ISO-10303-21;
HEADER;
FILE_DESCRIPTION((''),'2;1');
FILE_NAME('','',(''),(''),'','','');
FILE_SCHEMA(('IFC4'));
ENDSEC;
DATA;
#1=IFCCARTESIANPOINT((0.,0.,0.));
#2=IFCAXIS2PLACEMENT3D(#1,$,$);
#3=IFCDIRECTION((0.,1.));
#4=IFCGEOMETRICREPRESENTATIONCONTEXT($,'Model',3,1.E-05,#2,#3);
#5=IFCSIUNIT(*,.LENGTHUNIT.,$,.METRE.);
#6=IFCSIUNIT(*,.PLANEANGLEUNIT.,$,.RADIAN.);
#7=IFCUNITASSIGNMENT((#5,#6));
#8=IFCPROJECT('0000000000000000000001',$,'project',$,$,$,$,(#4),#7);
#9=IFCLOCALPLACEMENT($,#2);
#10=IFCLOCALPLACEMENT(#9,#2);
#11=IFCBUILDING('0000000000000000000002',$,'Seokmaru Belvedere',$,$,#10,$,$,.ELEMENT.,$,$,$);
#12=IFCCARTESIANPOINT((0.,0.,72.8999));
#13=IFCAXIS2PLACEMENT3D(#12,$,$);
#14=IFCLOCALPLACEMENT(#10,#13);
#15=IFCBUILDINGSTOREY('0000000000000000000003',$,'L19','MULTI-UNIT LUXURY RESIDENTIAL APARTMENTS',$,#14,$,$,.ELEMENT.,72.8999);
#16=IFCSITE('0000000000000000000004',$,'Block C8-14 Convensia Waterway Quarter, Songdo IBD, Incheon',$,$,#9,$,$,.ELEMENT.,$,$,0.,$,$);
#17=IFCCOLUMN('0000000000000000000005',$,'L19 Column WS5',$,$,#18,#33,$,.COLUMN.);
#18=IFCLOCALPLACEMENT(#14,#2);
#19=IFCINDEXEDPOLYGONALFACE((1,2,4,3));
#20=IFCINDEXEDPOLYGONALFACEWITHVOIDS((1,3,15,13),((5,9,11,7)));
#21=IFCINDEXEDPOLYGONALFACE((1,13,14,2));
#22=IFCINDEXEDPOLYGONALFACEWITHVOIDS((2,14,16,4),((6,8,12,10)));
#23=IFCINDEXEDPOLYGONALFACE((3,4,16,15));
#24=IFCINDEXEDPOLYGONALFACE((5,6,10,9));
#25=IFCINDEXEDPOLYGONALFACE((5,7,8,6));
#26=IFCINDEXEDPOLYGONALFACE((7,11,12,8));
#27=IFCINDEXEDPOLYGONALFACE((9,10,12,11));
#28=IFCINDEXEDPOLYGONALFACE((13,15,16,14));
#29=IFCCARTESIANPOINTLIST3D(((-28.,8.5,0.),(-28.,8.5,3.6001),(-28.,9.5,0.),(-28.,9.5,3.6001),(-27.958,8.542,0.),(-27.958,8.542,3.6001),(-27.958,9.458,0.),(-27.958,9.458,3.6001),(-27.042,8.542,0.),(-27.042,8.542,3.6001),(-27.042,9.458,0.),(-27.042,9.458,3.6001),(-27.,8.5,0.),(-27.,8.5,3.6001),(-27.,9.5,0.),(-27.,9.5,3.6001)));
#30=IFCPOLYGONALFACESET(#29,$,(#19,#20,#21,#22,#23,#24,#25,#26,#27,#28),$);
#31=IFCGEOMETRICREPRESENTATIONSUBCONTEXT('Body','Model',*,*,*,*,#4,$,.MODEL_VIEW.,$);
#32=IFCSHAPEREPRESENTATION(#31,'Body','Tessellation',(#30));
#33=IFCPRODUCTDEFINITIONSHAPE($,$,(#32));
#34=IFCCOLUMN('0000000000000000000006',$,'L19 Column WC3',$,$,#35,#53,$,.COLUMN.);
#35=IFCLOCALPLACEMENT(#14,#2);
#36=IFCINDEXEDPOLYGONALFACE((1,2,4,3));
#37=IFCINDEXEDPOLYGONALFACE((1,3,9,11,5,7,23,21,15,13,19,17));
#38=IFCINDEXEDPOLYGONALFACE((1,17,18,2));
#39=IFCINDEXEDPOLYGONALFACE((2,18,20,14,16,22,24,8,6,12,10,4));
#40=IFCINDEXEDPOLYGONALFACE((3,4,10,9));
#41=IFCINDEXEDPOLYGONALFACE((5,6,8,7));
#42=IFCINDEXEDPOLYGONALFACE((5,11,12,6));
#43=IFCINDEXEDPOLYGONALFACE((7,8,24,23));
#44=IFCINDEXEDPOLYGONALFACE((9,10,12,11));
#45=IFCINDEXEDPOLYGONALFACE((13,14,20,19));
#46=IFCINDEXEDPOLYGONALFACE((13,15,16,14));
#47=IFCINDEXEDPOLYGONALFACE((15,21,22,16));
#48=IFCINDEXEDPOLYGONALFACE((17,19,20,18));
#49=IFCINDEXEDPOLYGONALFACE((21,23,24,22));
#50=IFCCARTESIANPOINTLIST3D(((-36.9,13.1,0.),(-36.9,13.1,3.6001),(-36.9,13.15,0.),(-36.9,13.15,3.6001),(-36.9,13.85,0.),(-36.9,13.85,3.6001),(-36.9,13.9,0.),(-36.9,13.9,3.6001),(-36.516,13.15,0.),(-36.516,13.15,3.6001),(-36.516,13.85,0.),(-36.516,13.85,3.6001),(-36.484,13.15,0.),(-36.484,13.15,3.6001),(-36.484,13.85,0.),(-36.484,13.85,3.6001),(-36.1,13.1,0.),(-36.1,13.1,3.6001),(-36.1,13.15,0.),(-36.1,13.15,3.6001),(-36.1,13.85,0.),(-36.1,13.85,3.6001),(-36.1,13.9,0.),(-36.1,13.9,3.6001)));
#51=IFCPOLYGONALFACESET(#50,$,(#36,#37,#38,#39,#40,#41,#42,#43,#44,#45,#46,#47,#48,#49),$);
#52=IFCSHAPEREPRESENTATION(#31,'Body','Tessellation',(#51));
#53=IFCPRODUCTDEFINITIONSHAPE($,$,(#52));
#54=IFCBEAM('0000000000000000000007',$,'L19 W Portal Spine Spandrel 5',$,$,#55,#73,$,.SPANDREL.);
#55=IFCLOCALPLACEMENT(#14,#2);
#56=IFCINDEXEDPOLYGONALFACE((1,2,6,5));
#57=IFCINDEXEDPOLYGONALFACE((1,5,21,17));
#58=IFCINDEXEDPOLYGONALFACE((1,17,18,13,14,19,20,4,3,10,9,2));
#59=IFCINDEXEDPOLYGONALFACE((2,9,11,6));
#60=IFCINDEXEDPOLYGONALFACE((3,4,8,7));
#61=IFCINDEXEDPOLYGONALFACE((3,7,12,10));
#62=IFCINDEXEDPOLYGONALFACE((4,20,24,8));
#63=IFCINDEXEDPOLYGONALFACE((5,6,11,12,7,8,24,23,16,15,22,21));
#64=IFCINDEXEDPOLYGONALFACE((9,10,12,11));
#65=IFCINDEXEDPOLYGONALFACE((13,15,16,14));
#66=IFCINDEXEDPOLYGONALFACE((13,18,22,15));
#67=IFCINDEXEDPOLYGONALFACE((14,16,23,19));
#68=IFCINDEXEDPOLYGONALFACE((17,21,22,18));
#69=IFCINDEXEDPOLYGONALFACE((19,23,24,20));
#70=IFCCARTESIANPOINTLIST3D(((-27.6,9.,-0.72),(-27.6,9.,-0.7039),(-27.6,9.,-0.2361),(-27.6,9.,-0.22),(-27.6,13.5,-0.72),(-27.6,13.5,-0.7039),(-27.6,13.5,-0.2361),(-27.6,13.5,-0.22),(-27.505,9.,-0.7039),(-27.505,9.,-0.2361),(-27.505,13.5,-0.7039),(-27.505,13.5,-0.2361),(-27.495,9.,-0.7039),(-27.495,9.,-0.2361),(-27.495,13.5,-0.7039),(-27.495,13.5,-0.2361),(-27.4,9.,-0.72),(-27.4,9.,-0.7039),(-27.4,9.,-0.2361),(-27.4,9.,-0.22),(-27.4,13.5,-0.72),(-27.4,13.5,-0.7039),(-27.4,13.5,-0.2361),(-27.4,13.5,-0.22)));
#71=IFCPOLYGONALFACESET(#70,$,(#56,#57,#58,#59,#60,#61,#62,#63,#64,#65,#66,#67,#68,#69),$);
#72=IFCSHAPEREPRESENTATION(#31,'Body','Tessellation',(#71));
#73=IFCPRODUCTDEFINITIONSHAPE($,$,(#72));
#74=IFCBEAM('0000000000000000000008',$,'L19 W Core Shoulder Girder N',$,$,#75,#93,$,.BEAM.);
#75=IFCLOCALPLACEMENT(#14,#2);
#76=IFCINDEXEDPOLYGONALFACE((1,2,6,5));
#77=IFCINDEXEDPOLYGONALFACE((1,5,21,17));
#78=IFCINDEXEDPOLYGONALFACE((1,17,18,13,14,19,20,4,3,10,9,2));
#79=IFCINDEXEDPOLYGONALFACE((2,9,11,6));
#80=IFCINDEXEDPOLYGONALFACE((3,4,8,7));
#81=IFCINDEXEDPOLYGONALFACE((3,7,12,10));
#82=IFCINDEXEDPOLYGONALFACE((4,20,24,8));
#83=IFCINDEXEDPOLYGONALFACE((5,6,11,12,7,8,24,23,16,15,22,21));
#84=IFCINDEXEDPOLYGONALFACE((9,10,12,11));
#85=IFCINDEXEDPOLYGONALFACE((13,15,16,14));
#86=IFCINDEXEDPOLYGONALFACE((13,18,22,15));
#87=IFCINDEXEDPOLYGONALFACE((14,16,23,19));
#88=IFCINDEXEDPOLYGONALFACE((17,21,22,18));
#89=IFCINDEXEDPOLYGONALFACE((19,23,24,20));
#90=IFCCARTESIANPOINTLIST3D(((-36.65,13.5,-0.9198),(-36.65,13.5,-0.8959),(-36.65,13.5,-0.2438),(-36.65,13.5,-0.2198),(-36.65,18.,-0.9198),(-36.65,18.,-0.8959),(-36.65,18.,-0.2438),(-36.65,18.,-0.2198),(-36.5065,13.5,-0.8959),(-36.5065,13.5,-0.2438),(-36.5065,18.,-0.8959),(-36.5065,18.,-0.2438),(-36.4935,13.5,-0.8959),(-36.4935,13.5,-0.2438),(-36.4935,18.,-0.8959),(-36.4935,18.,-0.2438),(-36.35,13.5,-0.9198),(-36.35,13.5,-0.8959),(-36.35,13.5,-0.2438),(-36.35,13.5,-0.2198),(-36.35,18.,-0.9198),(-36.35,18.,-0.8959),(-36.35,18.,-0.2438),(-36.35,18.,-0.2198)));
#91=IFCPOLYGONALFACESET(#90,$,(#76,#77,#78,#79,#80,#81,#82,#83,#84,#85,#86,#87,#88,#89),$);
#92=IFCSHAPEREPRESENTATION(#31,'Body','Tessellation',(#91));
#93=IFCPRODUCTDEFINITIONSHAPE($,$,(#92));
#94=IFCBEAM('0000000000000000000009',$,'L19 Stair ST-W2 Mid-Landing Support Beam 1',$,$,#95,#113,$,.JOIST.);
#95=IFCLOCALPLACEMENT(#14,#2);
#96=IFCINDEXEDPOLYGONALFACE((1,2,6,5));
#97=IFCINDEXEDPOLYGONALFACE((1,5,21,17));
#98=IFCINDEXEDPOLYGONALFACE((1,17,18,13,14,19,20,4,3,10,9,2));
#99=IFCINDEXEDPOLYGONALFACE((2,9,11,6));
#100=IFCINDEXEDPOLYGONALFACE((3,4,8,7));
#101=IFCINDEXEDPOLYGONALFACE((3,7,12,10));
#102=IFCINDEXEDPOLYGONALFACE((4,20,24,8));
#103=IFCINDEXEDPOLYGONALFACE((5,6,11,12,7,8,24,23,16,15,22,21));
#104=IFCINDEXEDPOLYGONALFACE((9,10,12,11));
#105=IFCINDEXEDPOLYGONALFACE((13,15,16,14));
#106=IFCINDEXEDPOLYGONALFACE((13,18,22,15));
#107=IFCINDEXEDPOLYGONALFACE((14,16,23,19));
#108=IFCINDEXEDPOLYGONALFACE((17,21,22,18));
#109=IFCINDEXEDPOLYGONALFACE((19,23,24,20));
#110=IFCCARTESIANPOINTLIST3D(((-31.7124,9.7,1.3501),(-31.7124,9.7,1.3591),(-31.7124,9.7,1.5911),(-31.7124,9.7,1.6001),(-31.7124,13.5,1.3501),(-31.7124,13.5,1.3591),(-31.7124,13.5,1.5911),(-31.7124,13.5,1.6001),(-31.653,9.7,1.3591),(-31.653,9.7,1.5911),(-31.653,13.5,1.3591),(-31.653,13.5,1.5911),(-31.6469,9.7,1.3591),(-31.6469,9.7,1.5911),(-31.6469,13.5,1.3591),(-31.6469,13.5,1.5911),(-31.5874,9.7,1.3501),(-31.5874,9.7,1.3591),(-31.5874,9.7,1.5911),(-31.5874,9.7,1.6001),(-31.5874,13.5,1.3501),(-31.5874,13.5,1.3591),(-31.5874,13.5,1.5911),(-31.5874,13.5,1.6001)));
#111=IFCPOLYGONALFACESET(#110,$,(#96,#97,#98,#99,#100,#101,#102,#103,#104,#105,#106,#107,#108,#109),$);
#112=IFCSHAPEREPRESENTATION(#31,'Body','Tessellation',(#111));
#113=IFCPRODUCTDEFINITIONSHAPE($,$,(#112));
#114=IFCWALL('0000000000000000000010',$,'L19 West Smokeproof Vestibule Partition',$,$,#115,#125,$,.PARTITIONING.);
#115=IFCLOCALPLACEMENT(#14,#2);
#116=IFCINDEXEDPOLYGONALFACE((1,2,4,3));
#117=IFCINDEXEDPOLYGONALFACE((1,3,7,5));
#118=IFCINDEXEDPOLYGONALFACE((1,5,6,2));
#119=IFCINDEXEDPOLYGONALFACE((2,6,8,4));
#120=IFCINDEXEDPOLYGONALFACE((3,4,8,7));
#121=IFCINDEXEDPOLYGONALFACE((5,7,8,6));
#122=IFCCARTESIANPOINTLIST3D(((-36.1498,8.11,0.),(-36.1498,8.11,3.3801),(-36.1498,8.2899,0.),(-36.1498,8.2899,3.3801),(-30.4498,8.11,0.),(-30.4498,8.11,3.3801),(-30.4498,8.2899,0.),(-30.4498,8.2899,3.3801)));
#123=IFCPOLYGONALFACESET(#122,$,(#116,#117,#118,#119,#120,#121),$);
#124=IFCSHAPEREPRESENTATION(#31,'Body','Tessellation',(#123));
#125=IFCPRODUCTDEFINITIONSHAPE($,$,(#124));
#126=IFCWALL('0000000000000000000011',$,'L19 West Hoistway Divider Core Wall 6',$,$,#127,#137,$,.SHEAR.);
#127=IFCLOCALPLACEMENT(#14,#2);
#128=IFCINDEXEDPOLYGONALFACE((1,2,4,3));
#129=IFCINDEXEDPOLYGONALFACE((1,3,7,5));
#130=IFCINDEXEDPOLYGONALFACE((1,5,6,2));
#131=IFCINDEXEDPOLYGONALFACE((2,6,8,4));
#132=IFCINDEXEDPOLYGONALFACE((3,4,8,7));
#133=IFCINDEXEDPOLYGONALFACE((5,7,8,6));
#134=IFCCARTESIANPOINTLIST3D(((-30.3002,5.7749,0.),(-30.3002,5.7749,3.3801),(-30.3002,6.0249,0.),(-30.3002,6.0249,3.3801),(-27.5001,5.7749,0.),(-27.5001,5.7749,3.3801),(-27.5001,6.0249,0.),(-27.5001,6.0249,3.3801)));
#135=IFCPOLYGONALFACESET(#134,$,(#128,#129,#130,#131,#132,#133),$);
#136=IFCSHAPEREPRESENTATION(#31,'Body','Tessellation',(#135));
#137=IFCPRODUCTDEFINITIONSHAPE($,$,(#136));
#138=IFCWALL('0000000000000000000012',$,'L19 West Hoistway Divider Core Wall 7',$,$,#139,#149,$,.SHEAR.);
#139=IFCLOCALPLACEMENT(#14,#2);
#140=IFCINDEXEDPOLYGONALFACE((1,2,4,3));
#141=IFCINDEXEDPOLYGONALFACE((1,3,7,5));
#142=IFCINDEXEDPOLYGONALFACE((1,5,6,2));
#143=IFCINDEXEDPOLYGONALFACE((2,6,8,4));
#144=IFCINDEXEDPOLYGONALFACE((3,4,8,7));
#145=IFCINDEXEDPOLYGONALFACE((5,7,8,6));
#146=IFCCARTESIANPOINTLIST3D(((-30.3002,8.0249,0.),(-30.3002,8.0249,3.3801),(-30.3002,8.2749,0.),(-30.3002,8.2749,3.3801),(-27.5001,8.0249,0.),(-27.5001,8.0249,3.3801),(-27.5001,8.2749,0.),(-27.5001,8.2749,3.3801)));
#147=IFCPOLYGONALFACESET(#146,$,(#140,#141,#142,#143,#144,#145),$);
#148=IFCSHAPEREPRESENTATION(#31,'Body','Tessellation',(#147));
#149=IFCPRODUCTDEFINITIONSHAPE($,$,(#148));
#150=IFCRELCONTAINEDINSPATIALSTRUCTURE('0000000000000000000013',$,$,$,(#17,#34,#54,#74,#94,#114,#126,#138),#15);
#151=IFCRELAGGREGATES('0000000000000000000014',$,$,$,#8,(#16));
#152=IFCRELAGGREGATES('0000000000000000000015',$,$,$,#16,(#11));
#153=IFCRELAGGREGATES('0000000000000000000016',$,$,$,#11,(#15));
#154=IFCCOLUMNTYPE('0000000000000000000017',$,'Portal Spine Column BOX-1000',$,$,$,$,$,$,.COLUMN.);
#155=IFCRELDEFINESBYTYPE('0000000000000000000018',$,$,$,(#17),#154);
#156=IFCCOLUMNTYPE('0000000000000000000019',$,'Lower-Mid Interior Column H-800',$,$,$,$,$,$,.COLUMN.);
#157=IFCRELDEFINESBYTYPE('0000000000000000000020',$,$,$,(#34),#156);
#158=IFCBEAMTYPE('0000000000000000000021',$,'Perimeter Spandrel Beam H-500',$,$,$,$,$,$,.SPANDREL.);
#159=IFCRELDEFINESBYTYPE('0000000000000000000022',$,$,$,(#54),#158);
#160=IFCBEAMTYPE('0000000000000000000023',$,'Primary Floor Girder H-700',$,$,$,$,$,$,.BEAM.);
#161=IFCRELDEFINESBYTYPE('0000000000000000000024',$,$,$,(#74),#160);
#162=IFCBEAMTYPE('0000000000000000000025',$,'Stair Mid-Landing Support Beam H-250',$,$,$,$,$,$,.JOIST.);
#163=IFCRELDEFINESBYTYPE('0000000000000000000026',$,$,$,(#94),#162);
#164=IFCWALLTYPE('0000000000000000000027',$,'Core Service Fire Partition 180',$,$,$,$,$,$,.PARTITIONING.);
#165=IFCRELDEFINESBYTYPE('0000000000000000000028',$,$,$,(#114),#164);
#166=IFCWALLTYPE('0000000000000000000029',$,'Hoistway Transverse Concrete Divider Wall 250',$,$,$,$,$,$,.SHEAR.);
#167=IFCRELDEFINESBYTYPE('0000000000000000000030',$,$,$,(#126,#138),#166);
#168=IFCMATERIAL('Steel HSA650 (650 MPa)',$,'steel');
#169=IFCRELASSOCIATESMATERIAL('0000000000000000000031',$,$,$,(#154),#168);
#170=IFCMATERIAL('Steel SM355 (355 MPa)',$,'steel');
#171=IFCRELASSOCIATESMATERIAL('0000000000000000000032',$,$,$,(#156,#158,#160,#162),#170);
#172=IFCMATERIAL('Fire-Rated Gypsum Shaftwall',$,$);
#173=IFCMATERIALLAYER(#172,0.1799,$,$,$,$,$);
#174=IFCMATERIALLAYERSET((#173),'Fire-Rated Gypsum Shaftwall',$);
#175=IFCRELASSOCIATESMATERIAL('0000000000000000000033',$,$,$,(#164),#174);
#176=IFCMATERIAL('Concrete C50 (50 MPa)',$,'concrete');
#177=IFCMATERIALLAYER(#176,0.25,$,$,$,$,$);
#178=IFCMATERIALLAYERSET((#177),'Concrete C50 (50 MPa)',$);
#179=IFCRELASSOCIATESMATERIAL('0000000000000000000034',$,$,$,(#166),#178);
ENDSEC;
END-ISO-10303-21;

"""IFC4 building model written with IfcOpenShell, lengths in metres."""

from ifc_helpers import new_model, si_unit, direction, frame, frame_2d, origin, origin_2d, place, context, subcontext, project, spatial, rectangle, hollow_rectangle, i_section, extrude, source, transform, mapped, material, layer, layer_set, material_profile, profile_set, type_object, type_shapes, element, save


model = new_model("IFC4")

# Units and contexts
model_context = context("Model", 3, precision=1e-05, world=origin(), true_north=direction((0.0, 1.0)))
body_context = subcontext(model_context, "Body", "Model", "MODEL_VIEW")
ifc_project = project(units=[si_unit("LENGTHUNIT", "METRE"), si_unit("PLANEANGLEUNIT", "RADIAN")], contexts=[model_context])

# Site, building, storey
site_placement = place(None, origin())
site = spatial("IfcSite", under=ifc_project, at=site_placement, Name="Block C8-14 Convensia Waterway Quarter, Songdo IBD, Incheon", CompositionType="ELEMENT", RefElevation=0.0)
building_placement = place(site_placement, origin())
building = spatial("IfcBuilding", under=site, at=building_placement, Name="Seokmaru Belvedere", CompositionType="ELEMENT")
storey_placement = place(building_placement, frame((0.0, 0.0, 72.8999)))
storey = spatial("IfcBuildingStorey", under=building, at=storey_placement, Name="L19", Description="MULTI-UNIT LUXURY RESIDENTIAL APARTMENTS", CompositionType="ELEMENT", Elevation=72.8999)

# Columns
ifc_material_1 = material(Name="Steel HSA650 (650 MPa)", Category="steel")
ifc_material_profile_1 = material_profile(ifc_material_1, hollow_rectangle(XDim=1.0, YDim=1.0, WallThickness=0.042, at=origin_2d()), Name="BOX-1000x1000x42")
ifc_profile_set_1 = profile_set([ifc_material_profile_1], Name="Steel HSA650 (650 MPa)")
column_type_1 = type_object("IfcColumnType", Name="Portal Spine Column BOX-1000", PredefinedType="COLUMN", material=ifc_profile_set_1)
shared_shape_1 = source(origin(), body_context, "Body", "SweptSolid", [
    extrude(hollow_rectangle(XDim=1.0, YDim=1.0, WallThickness=0.042, at=origin_2d()), origin(), (0.0, 0.0, 1.0), 3.6001),
])
type_shapes(column_type_1, [shared_shape_1])
column_1_placement = place(storey_placement, frame((-27.5, 9.0, 0.0), z_axis=(0.0, 0.0, 1.0), x_axis=(1.0, 0.0, 0.0)))
element("IfcColumn", 1, at=column_1_placement, inside=storey, type_object=column_type_1, Name="L19 Column WS5", PredefinedType="COLUMN", context=body_context, shape_type="MappedRepresentation", body=[
    mapped(shared_shape_1, transform((0.0, 0.0, 0.0), scale=1.0)),
])
ifc_material_2 = material(Name="Steel SM355 (355 MPa)", Category="steel")
ifc_material_profile_2 = material_profile(ifc_material_2, i_section(OverallWidth=0.8, OverallDepth=0.8, WebThickness=0.032, FlangeThickness=0.05, at=origin_2d()), Name="H-800x800x32x50")
ifc_profile_set_2 = profile_set([ifc_material_profile_2], Name="Steel SM355 (355 MPa)")
column_type_2 = type_object("IfcColumnType", Name="Lower-Mid Interior Column H-800", PredefinedType="COLUMN", material=ifc_profile_set_2)
shared_shape_2 = source(origin(), body_context, "Body", "SweptSolid", [
    extrude(i_section(OverallWidth=0.8, OverallDepth=0.8, WebThickness=0.032, FlangeThickness=0.05, at=origin_2d()), origin(), (0.0, 0.0, 1.0), 3.6001),
])
type_shapes(column_type_2, [shared_shape_2])
column_2_placement = place(storey_placement, frame((-36.5, 13.5, 0.0), z_axis=(0.0, 0.0, 1.0), x_axis=(1.0, 0.0, 0.0)))
element("IfcColumn", 2, at=column_2_placement, inside=storey, type_object=column_type_2, Name="L19 Column WC3", PredefinedType="COLUMN", context=body_context, shape_type="MappedRepresentation", body=[
    mapped(shared_shape_2, transform((0.0, 0.0, 0.0), scale=1.0)),
])

# Beams
ifc_material_profile_3 = material_profile(ifc_material_2, i_section(OverallWidth=0.2, OverallDepth=0.5, WebThickness=0.01, FlangeThickness=0.0161, at=origin_2d()), Name="H-500x200x10x16")
ifc_profile_set_3 = profile_set([ifc_material_profile_3], Name="Steel SM355 (355 MPa)")
beam_type_1 = type_object("IfcBeamType", Name="Perimeter Spandrel Beam H-500", PredefinedType="SPANDREL", material=ifc_profile_set_3)
shared_shape_3 = source(origin(), body_context, "Body", "SweptSolid", [
    extrude(i_section(OverallWidth=0.2, OverallDepth=0.5, WebThickness=0.01, FlangeThickness=0.0161, at=origin_2d()), origin(), (0.0, 0.0, 1.0), 4.5),
])
type_shapes(beam_type_1, [shared_shape_3])
beam_1_placement = place(storey_placement, frame((-27.5, 9.0, -0.47), z_axis=(0.0, 1.0, 0.0), x_axis=(-1.0, 0.0, 0.0)))
element("IfcBeam", 3, at=beam_1_placement, inside=storey, type_object=beam_type_1, Name="L19 W Portal Spine Spandrel 5", PredefinedType="SPANDREL", context=body_context, shape_type="MappedRepresentation", body=[
    mapped(shared_shape_3, transform((0.0, 0.0, 0.0), scale=1.0)),
])
ifc_material_profile_4 = material_profile(ifc_material_2, i_section(OverallWidth=0.3, OverallDepth=0.7, WebThickness=0.0129, FlangeThickness=0.0239, at=origin_2d()), Name="H-700x300x13x24")
ifc_profile_set_4 = profile_set([ifc_material_profile_4], Name="Steel SM355 (355 MPa)")
beam_type_2 = type_object("IfcBeamType", Name="Primary Floor Girder H-700", PredefinedType="BEAM", material=ifc_profile_set_4)
shared_shape_4 = source(origin(), body_context, "Body", "SweptSolid", [
    extrude(i_section(OverallWidth=0.3, OverallDepth=0.7, WebThickness=0.0129, FlangeThickness=0.0239, at=origin_2d()), origin(), (0.0, 0.0, 1.0), 4.5),
])
type_shapes(beam_type_2, [shared_shape_4])
beam_2_placement = place(storey_placement, frame((-36.5, 13.5, -0.5698), z_axis=(0.0, 1.0, 0.0), x_axis=(-1.0, 0.0, 0.0)))
element("IfcBeam", 4, at=beam_2_placement, inside=storey, type_object=beam_type_2, Name="L19 W Core Shoulder Girder N", PredefinedType="BEAM", context=body_context, shape_type="MappedRepresentation", body=[
    mapped(shared_shape_4, transform((0.0, 0.0, 0.0), scale=1.0)),
])
ifc_material_profile_5 = material_profile(ifc_material_2, i_section(OverallWidth=0.125, OverallDepth=0.25, WebThickness=0.0061, FlangeThickness=0.009, at=origin_2d()), Name="H-250x125x6x9")
ifc_profile_set_5 = profile_set([ifc_material_profile_5], Name="Steel SM355 (355 MPa)")
beam_type_3 = type_object("IfcBeamType", Name="Stair Mid-Landing Support Beam H-250", PredefinedType="JOIST", material=ifc_profile_set_5)
shared_shape_5 = source(origin(), body_context, "Body", "SweptSolid", [
    extrude(i_section(OverallWidth=0.125, OverallDepth=0.25, WebThickness=0.0061, FlangeThickness=0.009, at=origin_2d()), origin(), (0.0, 0.0, 1.0), 3.8),
])
type_shapes(beam_type_3, [shared_shape_5])
beam_3_placement = place(storey_placement, frame((-31.6499, 9.7, 1.4751), z_axis=(0.0, 1.0, 0.0), x_axis=(-1.0, 0.0, 0.0)))
element("IfcBeam", 5, at=beam_3_placement, inside=storey, type_object=beam_type_3, Name="L19 Stair ST-W2 Mid-Landing Support Beam 1", PredefinedType="JOIST", context=body_context, shape_type="MappedRepresentation", body=[
    mapped(shared_shape_5, transform((0.0, 0.0, 0.0), scale=1.0)),
])

# Walls
ifc_material_3 = material(Name="Fire-Rated Gypsum Shaftwall")
ifc_layer_1 = layer(ifc_material_3, 0.1799)
ifc_layer_set_1 = layer_set([ifc_layer_1], Name="Fire-Rated Gypsum Shaftwall")
wall_type_1 = type_object("IfcWallType", Name="Core Service Fire Partition 180", PredefinedType="PARTITIONING", material=ifc_layer_set_1)
wall_1_placement = place(storey_placement, frame((-36.1499, 8.2, 0.0), z_axis=(0.0, 0.0, 1.0), x_axis=(1.0, 0.0, 0.0)))
element("IfcWall", 6, at=wall_1_placement, inside=storey, type_object=wall_type_1, Name="L19 West Smokeproof Vestibule Partition", PredefinedType="PARTITIONING", context=body_context, shape_type="SweptSolid", body=[
    extrude(rectangle(XDim=5.7, YDim=0.1799, at=frame_2d((2.8501, 0.0))), origin(), (0.0, 0.0, 1.0), 3.3801),
])
ifc_material_4 = material(Name="Concrete C50 (50 MPa)", Category="concrete")
ifc_layer_2 = layer(ifc_material_4, 0.25)
ifc_layer_set_2 = layer_set([ifc_layer_2], Name="Concrete C50 (50 MPa)")
wall_type_2 = type_object("IfcWallType", Name="Hoistway Transverse Concrete Divider Wall 250", PredefinedType="SHEAR", material=ifc_layer_set_2)
for number, where, z_axis, x_axis, name in (
    (7, (-30.3, 5.8999, 0.0), (0.0, 0.0, 1.0), (1.0, 0.0, 0.0), "L19 West Hoistway Divider Core Wall 6"),
    (8, (-30.3, 8.1499, 0.0), (0.0, 0.0, 1.0), (1.0, 0.0, 0.0), "L19 West Hoistway Divider Core Wall 7"),
):
    element("IfcWall", number, at=place(storey_placement, frame(where, z_axis=z_axis, x_axis=x_axis)), inside=storey, type_object=wall_type_2, Name=name, PredefinedType="SHEAR", context=body_context, shape_type="SweptSolid", body=[
        extrude(rectangle(XDim=2.8, YDim=0.25, at=frame_2d((1.3999, 0.0))), origin(), (0.0, 0.0, 1.0), 3.3801),
    ])

save(model, "model.ifc")
